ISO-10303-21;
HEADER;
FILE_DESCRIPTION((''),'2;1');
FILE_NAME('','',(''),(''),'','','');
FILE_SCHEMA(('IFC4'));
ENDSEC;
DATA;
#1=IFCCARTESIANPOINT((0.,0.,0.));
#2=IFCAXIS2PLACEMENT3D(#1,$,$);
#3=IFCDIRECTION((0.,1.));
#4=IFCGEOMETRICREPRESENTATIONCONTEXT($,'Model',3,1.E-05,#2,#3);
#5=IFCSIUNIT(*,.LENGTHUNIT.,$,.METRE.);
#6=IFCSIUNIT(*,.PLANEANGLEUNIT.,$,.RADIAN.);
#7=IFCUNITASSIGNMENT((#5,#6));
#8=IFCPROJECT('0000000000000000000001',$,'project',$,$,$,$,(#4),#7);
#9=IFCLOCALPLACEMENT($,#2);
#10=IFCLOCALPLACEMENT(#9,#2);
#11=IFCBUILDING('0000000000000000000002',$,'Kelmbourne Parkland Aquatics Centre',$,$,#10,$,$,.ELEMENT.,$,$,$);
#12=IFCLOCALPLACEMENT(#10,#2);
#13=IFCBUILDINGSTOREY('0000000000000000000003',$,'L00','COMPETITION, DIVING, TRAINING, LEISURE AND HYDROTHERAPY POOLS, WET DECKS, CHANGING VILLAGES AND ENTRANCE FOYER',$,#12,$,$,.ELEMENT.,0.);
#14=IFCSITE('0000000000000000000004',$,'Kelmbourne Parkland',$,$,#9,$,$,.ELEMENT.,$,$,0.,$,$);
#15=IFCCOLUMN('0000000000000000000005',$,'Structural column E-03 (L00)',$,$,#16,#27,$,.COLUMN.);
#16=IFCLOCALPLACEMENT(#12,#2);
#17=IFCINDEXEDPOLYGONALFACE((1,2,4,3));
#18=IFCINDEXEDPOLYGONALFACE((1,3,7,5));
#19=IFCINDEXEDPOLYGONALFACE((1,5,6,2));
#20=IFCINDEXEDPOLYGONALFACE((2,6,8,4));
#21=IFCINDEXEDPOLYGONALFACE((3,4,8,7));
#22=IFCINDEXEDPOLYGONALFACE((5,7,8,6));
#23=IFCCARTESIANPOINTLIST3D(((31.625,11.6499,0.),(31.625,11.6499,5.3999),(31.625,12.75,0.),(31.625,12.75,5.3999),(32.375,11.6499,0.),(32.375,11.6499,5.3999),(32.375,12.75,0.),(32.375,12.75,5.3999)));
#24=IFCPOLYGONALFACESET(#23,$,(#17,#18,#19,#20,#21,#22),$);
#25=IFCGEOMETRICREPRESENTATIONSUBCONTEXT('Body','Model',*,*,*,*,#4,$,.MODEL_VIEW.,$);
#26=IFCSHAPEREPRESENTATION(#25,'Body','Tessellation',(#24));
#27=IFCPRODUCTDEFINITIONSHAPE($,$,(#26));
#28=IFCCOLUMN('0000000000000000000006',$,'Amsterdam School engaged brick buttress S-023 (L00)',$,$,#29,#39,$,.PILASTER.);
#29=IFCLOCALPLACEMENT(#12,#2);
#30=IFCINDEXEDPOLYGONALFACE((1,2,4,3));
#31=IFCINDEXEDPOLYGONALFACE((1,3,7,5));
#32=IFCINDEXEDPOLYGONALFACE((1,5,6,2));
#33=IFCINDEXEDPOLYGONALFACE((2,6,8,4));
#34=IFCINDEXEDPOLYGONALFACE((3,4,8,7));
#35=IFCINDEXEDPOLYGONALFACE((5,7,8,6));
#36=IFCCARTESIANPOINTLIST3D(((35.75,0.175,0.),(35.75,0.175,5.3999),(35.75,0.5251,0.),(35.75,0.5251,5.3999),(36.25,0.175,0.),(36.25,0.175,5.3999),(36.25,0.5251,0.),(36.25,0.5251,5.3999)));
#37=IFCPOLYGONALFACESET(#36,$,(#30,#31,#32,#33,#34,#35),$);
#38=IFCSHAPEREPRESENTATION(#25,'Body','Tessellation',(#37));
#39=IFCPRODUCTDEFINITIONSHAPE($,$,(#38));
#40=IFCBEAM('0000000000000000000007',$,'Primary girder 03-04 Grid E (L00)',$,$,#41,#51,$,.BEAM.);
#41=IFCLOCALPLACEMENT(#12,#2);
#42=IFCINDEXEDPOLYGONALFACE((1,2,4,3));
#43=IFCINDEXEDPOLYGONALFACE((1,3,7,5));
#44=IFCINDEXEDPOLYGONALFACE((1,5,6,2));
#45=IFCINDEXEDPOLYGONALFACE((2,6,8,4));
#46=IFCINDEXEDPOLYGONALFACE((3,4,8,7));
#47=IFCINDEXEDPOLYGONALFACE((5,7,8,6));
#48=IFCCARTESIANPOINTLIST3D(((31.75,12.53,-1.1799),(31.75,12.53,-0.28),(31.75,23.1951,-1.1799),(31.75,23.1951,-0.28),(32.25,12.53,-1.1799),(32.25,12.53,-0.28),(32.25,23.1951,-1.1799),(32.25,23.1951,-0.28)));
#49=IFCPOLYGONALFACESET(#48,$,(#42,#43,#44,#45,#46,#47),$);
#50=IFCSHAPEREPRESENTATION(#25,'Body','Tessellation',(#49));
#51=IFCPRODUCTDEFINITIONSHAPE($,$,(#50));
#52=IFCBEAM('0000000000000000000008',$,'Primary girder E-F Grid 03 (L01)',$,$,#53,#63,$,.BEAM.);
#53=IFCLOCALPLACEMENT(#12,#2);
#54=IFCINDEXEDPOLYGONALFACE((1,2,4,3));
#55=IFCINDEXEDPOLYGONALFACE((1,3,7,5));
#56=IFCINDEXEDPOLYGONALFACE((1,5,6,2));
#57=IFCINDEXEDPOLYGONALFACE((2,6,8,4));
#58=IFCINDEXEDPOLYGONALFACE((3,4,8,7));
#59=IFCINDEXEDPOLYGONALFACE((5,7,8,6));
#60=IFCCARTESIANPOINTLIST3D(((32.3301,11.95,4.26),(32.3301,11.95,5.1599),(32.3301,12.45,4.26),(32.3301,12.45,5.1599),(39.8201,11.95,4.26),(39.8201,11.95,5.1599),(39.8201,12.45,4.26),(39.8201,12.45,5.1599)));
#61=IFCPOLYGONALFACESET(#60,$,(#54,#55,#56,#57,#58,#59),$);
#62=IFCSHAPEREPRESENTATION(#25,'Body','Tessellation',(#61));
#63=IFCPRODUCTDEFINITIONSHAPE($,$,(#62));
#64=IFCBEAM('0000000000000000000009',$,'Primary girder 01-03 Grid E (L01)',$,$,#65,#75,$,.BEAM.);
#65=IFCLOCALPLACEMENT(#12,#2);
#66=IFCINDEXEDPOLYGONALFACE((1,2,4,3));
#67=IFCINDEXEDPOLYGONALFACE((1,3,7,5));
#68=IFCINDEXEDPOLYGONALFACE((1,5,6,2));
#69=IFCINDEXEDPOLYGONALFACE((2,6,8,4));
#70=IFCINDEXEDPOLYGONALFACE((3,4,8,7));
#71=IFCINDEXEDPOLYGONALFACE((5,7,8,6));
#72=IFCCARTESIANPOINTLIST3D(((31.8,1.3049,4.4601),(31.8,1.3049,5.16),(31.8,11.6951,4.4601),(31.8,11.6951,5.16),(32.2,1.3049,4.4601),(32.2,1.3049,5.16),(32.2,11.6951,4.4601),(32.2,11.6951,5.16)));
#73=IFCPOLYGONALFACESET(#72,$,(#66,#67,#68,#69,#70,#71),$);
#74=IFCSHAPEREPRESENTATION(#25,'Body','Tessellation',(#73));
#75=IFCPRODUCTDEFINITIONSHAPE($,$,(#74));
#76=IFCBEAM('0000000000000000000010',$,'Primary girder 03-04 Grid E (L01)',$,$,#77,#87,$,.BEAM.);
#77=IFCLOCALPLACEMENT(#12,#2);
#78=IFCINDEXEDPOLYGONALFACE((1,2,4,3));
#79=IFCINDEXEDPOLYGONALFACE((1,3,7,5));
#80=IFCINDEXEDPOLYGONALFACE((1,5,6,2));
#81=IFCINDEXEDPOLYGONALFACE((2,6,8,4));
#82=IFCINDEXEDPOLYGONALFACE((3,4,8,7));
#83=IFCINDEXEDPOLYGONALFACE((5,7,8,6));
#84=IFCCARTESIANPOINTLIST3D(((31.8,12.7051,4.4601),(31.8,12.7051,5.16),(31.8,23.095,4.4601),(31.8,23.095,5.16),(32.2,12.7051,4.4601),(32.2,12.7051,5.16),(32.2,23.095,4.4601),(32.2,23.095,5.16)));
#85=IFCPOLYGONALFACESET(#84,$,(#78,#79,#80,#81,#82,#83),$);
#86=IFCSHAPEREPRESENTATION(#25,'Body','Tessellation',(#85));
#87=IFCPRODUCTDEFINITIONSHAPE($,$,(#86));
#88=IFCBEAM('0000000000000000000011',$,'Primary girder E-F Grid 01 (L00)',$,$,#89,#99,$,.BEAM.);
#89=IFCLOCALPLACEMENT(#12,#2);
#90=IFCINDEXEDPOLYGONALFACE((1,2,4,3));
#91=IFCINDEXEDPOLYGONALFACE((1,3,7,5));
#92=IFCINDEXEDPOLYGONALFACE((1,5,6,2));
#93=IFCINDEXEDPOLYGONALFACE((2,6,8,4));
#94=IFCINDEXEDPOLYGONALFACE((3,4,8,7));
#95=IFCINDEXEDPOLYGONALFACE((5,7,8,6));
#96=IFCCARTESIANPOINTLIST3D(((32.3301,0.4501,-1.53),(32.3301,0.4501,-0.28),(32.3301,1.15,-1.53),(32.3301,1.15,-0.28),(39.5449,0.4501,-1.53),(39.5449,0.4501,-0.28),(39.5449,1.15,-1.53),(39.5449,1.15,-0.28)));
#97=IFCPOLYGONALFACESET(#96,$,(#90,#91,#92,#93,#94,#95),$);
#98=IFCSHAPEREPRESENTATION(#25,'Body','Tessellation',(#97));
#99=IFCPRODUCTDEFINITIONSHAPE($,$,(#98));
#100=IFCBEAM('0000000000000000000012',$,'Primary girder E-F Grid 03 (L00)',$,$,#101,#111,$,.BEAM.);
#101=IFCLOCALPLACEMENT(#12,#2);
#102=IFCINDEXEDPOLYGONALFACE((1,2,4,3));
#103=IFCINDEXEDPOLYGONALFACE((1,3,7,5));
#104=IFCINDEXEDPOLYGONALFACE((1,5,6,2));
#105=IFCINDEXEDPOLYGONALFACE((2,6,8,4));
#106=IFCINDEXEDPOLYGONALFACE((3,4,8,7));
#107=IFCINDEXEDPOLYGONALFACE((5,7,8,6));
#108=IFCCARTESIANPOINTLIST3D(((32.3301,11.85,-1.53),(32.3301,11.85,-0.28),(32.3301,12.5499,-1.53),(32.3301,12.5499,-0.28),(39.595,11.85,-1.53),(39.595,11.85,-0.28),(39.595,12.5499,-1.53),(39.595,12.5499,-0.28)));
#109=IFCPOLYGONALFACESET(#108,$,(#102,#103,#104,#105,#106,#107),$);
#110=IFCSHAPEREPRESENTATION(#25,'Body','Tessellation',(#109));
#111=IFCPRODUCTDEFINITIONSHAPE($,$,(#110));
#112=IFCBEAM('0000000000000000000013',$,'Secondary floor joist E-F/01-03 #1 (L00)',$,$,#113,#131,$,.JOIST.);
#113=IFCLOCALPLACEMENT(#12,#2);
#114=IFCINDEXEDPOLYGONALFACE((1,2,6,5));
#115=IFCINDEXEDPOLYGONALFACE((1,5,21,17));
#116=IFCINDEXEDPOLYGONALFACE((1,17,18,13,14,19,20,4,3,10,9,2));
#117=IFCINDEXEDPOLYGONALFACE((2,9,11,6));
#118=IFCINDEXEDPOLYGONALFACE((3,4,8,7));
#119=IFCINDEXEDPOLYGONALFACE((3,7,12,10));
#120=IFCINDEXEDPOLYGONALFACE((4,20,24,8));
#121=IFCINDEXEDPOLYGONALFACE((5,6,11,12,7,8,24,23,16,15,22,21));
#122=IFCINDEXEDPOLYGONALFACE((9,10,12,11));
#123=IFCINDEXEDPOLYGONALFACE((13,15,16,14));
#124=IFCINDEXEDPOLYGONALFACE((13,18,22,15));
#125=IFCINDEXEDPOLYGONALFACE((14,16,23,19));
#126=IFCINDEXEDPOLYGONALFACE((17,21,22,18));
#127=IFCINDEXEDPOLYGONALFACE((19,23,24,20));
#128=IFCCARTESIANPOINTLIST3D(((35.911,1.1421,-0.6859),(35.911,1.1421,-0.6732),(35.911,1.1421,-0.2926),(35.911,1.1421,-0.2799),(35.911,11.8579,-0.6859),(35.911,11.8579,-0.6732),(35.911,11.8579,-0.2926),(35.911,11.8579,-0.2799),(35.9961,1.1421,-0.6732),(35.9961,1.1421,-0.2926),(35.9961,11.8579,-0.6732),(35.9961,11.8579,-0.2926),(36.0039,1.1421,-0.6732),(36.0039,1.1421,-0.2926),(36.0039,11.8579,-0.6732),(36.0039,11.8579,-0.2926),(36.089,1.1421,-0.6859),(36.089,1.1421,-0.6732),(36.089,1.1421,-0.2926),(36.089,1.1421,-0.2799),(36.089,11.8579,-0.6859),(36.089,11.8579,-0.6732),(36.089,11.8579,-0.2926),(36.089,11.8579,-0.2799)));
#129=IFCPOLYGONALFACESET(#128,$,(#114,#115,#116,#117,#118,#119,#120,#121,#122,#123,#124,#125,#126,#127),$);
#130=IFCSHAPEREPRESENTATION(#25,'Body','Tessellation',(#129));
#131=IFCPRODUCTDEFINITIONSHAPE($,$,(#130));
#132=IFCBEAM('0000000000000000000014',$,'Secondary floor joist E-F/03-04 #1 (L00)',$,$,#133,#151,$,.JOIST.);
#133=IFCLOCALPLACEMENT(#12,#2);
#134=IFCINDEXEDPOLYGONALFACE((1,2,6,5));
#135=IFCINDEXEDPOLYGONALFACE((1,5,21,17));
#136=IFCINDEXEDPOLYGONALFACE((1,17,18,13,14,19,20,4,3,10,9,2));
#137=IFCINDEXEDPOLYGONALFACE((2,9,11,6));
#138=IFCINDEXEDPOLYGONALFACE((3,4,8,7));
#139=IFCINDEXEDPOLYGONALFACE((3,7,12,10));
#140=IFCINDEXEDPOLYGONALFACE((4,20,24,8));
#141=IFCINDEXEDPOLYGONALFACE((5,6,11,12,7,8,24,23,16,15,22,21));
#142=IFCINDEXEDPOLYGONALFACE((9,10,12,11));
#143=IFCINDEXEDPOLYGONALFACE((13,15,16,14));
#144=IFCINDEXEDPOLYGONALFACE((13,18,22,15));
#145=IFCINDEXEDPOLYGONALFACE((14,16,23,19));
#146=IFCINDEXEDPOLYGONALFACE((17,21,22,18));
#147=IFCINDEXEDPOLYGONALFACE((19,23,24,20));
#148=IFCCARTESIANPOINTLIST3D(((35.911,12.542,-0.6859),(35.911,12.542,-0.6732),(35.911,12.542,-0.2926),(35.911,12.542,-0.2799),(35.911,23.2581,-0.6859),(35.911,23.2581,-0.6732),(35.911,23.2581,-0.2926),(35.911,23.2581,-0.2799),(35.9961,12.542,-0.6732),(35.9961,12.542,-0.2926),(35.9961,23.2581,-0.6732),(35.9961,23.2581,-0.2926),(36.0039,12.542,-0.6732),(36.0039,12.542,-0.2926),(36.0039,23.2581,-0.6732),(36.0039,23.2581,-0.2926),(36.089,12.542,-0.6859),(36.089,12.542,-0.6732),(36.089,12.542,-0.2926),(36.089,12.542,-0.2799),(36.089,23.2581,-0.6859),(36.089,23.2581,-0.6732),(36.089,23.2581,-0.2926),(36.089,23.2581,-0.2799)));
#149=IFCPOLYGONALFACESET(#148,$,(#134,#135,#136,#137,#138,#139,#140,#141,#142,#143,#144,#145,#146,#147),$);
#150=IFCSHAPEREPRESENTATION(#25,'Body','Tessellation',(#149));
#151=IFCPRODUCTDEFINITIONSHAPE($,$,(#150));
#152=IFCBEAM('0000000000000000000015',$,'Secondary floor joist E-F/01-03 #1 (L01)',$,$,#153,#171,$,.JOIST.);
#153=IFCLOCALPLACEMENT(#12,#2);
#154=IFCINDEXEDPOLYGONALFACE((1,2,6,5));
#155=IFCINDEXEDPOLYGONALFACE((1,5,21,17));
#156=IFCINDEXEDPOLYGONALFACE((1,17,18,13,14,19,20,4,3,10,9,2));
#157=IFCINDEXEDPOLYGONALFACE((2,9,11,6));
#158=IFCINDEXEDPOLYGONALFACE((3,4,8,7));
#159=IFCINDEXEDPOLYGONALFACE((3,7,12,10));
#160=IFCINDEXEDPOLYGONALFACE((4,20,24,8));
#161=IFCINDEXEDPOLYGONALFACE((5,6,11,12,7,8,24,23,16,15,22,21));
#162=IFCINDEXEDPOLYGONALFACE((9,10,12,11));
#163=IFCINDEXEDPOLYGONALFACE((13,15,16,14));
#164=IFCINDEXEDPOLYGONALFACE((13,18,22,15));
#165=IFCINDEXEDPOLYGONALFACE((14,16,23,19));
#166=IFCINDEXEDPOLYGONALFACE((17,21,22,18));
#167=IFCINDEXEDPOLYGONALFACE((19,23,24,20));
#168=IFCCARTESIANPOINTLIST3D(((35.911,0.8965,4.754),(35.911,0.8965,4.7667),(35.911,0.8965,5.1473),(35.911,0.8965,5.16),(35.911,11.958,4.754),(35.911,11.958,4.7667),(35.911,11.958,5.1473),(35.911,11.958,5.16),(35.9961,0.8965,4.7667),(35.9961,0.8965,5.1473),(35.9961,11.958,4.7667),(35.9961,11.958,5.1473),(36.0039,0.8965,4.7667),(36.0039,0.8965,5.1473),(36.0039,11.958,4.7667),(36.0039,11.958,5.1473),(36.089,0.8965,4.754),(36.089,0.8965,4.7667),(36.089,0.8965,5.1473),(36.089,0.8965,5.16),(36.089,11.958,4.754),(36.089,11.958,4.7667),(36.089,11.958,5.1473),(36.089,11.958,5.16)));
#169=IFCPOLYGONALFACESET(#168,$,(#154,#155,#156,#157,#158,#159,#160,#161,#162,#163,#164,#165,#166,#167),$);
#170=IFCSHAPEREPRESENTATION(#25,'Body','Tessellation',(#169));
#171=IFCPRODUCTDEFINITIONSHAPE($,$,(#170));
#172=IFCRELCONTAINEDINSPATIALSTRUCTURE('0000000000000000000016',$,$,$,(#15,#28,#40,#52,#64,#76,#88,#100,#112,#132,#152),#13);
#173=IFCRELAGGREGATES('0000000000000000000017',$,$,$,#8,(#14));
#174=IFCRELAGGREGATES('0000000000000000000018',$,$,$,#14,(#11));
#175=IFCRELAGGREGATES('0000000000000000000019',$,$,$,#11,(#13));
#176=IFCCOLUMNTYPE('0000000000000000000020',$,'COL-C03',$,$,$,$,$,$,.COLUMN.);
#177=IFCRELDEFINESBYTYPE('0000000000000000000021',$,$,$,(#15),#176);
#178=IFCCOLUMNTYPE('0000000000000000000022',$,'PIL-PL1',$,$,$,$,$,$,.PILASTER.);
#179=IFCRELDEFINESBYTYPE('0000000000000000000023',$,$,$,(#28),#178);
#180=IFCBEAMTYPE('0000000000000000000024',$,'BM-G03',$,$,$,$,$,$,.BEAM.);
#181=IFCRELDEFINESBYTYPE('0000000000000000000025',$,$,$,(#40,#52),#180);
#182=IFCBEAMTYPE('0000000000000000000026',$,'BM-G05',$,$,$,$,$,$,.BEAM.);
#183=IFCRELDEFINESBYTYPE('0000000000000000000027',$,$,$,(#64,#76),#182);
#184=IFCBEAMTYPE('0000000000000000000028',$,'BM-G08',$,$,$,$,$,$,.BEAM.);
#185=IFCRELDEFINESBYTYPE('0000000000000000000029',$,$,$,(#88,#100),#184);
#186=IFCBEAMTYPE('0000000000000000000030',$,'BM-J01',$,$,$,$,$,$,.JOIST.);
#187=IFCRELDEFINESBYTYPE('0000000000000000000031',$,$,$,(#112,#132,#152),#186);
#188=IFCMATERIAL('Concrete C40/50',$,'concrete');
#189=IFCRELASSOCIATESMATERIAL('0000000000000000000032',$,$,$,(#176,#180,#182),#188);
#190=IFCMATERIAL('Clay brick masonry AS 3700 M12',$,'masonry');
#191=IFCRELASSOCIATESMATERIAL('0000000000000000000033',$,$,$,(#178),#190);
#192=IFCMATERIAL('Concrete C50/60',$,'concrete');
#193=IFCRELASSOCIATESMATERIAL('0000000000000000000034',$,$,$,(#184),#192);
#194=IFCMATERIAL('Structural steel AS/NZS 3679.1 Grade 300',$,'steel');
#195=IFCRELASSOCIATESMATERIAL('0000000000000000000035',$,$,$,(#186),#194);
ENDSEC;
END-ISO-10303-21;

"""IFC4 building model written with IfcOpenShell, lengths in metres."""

from ifc_helpers import new_model, si_unit, direction, frame, origin, origin_2d, place, context, subcontext, project, spatial, rectangle, i_section, extrude, material, material_profile, profile_set, type_object, element, save


model = new_model("IFC4")

# Units and contexts
model_context = context("Model", 3, precision=1e-05, world=origin(), true_north=direction((0.0, 1.0)))
body_context = subcontext(model_context, "Body", "Model", "MODEL_VIEW")
ifc_project = project(units=[si_unit("LENGTHUNIT", "METRE"), si_unit("PLANEANGLEUNIT", "RADIAN")], contexts=[model_context])

# Site, building, storey
site_placement = place(None, origin())
site = spatial("IfcSite", under=ifc_project, at=site_placement, Name="Kelmbourne Parkland", CompositionType="ELEMENT", RefElevation=0.0)
building_placement = place(site_placement, origin())
building = spatial("IfcBuilding", under=site, at=building_placement, Name="Kelmbourne Parkland Aquatics Centre", CompositionType="ELEMENT")
storey_placement = place(building_placement, origin())
storey = spatial("IfcBuildingStorey", under=building, at=storey_placement, Name="L00", Description="COMPETITION, DIVING, TRAINING, LEISURE AND HYDROTHERAPY POOLS, WET DECKS, CHANGING VILLAGES AND ENTRANCE FOYER", CompositionType="ELEMENT", Elevation=0.0)

# Columns
ifc_material_1 = material(Name="Concrete C40/50", Category="concrete")
ifc_material_profile_1 = material_profile(ifc_material_1, rectangle(XDim=0.75, YDim=1.1001, at=origin_2d()), Name="RC 750x1100")
ifc_profile_set_1 = profile_set([ifc_material_profile_1], Name="Concrete C40/50")
column_type_1 = type_object("IfcColumnType", Name="COL-C03", PredefinedType="COLUMN", material=ifc_profile_set_1)
column_1_placement = place(storey_placement, frame((32.0, 12.2, 0.0), z_axis=(0.0, 0.0, 1.0), x_axis=(1.0, 0.0, 0.0)))
element("IfcColumn", 1, at=column_1_placement, inside=storey, type_object=column_type_1, Name="Structural column E-03 (L00)", PredefinedType="COLUMN", context=body_context, shape_type="SweptSolid", body=[
    extrude(rectangle(XDim=0.75, YDim=1.1001, at=origin_2d()), origin(), (0.0, 0.0, 1.0), 5.3999),
])
ifc_material_2 = material(Name="Clay brick masonry AS 3700 M12", Category="masonry")
ifc_material_profile_2 = material_profile(ifc_material_2, rectangle(XDim=0.3501, YDim=0.5, at=origin_2d()), Name="PIL 350x500")
ifc_profile_set_2 = profile_set([ifc_material_profile_2], Name="Clay brick masonry AS 3700 M12")
column_type_2 = type_object("IfcColumnType", Name="PIL-PL1", PredefinedType="PILASTER", material=ifc_profile_set_2)
column_2_placement = place(storey_placement, frame((36.0, 0.3501, 0.0), z_axis=(0.0, 0.0, 1.0), x_axis=(0.0, 1.0, 0.0)))
element("IfcColumn", 2, at=column_2_placement, inside=storey, type_object=column_type_2, Name="Amsterdam School engaged brick buttress S-023 (L00)", PredefinedType="PILASTER", context=body_context, shape_type="SweptSolid", body=[
    extrude(rectangle(XDim=0.3501, YDim=0.5, at=origin_2d()), origin(), (0.0, 0.0, 1.0), 5.3999),
])

# Beams
ifc_material_profile_3 = material_profile(ifc_material_1, rectangle(XDim=0.5, YDim=0.8999, at=origin_2d()), Name="RC 500x900")
ifc_profile_set_3 = profile_set([ifc_material_profile_3], Name="Concrete C40/50")
beam_type_1 = type_object("IfcBeamType", Name="BM-G03", PredefinedType="BEAM", material=ifc_profile_set_3)
beam_1_placement = place(storey_placement, frame((32.0, 12.53, -0.73), z_axis=(0.0, 1.0, 0.0), x_axis=(-1.0, 0.0, 0.0)))
element("IfcBeam", 3, at=beam_1_placement, inside=storey, type_object=beam_type_1, Name="Primary girder 03-04 Grid E (L00)", PredefinedType="BEAM", context=body_context, shape_type="SweptSolid", body=[
    extrude(rectangle(XDim=0.5, YDim=0.8999, at=origin_2d()), origin(), (0.0, 0.0, 1.0), 10.665),
])
beam_2_placement = place(storey_placement, frame((32.3301, 12.2, 4.71), z_axis=(1.0, 0.0, 0.0), x_axis=(0.0, 1.0, 0.0)))
element("IfcBeam", 4, at=beam_2_placement, inside=storey, type_object=beam_type_1, Name="Primary girder E-F Grid 03 (L01)", PredefinedType="BEAM", context=body_context, shape_type="SweptSolid", body=[
    extrude(rectangle(XDim=0.5, YDim=0.8999, at=origin_2d()), origin(), (0.0, 0.0, 1.0), 7.49),
])
ifc_material_profile_4 = material_profile(ifc_material_1, rectangle(XDim=0.3999, YDim=0.7, at=origin_2d()), Name="RC 400x700")
ifc_profile_set_4 = profile_set([ifc_material_profile_4], Name="Concrete C40/50")
beam_type_2 = type_object("IfcBeamType", Name="BM-G05", PredefinedType="BEAM", material=ifc_profile_set_4)
beam_3_placement = place(storey_placement, frame((32.0, 1.3049, 4.8101), z_axis=(0.0, 1.0, 0.0), x_axis=(-1.0, 0.0, 0.0)))
element("IfcBeam", 5, at=beam_3_placement, inside=storey, type_object=beam_type_2, Name="Primary girder 01-03 Grid E (L01)", PredefinedType="BEAM", context=body_context, shape_type="SweptSolid", body=[
    extrude(rectangle(XDim=0.3999, YDim=0.7, at=origin_2d()), origin(), (0.0, 0.0, 1.0), 10.3901),
])
beam_4_placement = place(storey_placement, frame((32.0, 12.7051, 4.8101), z_axis=(0.0, 1.0, 0.0), x_axis=(-1.0, 0.0, 0.0)))
element("IfcBeam", 6, at=beam_4_placement, inside=storey, type_object=beam_type_2, Name="Primary girder 03-04 Grid E (L01)", PredefinedType="BEAM", context=body_context, shape_type="SweptSolid", body=[
    extrude(rectangle(XDim=0.3999, YDim=0.7, at=origin_2d()), origin(), (0.0, 0.0, 1.0), 10.3899),
])
ifc_material_3 = material(Name="Concrete C50/60", Category="concrete")
ifc_material_profile_5 = material_profile(ifc_material_3, rectangle(XDim=0.7, YDim=1.25, at=origin_2d()), Name="RC 700x1250")
ifc_profile_set_5 = profile_set([ifc_material_profile_5], Name="Concrete C50/60")
beam_type_3 = type_object("IfcBeamType", Name="BM-G08", PredefinedType="BEAM", material=ifc_profile_set_5)
beam_5_placement = place(storey_placement, frame((32.3301, 0.8, -0.905), z_axis=(1.0, 0.0, 0.0), x_axis=(0.0, 1.0, 0.0)))
element("IfcBeam", 7, at=beam_5_placement, inside=storey, type_object=beam_type_3, Name="Primary girder E-F Grid 01 (L00)", PredefinedType="BEAM", context=body_context, shape_type="SweptSolid", body=[
    extrude(rectangle(XDim=0.7, YDim=1.25, at=origin_2d()), origin(), (0.0, 0.0, 1.0), 7.2148),
])
beam_6_placement = place(storey_placement, frame((32.3301, 12.2, -0.905), z_axis=(1.0, 0.0, 0.0), x_axis=(0.0, 1.0, 0.0)))
element("IfcBeam", 8, at=beam_6_placement, inside=storey, type_object=beam_type_3, Name="Primary girder E-F Grid 03 (L00)", PredefinedType="BEAM", context=body_context, shape_type="SweptSolid", body=[
    extrude(rectangle(XDim=0.7, YDim=1.25, at=origin_2d()), origin(), (0.0, 0.0, 1.0), 7.2649),
])
ifc_material_4 = material(Name="Structural steel AS/NZS 3679.1 Grade 300", Category="steel")
ifc_material_profile_6 = material_profile(ifc_material_4, i_section(OverallWidth=0.178, OverallDepth=0.406, WebThickness=0.0078, FlangeThickness=0.0127, at=origin_2d()), Name="410UB59.7")
ifc_profile_set_6 = profile_set([ifc_material_profile_6], Name="Structural steel AS/NZS 3679.1 Grade 300")
beam_type_4 = type_object("IfcBeamType", Name="BM-J01", PredefinedType="JOIST", material=ifc_profile_set_6)
beam_7_placement = place(storey_placement, frame((36.0, 1.1421, -0.4829), z_axis=(0.0, 1.0, 0.0), x_axis=(-1.0, 0.0, 0.0)))
element("IfcBeam", 9, at=beam_7_placement, inside=storey, type_object=beam_type_4, Name="Secondary floor joist E-F/01-03 #1 (L00)", PredefinedType="JOIST", context=body_context, shape_type="SweptSolid", body=[
    extrude(i_section(OverallWidth=0.178, OverallDepth=0.406, WebThickness=0.0078, FlangeThickness=0.0127, at=origin_2d()), origin(), (0.0, 0.0, 1.0), 10.7158),
])
beam_8_placement = place(storey_placement, frame((36.0, 12.542, -0.4829), z_axis=(0.0, 1.0, 0.0), x_axis=(-1.0, 0.0, 0.0)))
element("IfcBeam", 10, at=beam_8_placement, inside=storey, type_object=beam_type_4, Name="Secondary floor joist E-F/03-04 #1 (L00)", PredefinedType="JOIST", context=body_context, shape_type="SweptSolid", body=[
    extrude(i_section(OverallWidth=0.178, OverallDepth=0.406, WebThickness=0.0078, FlangeThickness=0.0127, at=origin_2d()), origin(), (0.0, 0.0, 1.0), 10.7161),
])
beam_9_placement = place(storey_placement, frame((36.0, 0.8965, 4.957), z_axis=(0.0, 1.0, 0.0), x_axis=(-1.0, 0.0, 0.0)))
element("IfcBeam", 11, at=beam_9_placement, inside=storey, type_object=beam_type_4, Name="Secondary floor joist E-F/01-03 #1 (L01)", PredefinedType="JOIST", context=body_context, shape_type="SweptSolid", body=[
    extrude(i_section(OverallWidth=0.178, OverallDepth=0.406, WebThickness=0.0078, FlangeThickness=0.0127, at=origin_2d()), origin(), (0.0, 0.0, 1.0), 11.0615),
])

save(model, "model.ifc")
